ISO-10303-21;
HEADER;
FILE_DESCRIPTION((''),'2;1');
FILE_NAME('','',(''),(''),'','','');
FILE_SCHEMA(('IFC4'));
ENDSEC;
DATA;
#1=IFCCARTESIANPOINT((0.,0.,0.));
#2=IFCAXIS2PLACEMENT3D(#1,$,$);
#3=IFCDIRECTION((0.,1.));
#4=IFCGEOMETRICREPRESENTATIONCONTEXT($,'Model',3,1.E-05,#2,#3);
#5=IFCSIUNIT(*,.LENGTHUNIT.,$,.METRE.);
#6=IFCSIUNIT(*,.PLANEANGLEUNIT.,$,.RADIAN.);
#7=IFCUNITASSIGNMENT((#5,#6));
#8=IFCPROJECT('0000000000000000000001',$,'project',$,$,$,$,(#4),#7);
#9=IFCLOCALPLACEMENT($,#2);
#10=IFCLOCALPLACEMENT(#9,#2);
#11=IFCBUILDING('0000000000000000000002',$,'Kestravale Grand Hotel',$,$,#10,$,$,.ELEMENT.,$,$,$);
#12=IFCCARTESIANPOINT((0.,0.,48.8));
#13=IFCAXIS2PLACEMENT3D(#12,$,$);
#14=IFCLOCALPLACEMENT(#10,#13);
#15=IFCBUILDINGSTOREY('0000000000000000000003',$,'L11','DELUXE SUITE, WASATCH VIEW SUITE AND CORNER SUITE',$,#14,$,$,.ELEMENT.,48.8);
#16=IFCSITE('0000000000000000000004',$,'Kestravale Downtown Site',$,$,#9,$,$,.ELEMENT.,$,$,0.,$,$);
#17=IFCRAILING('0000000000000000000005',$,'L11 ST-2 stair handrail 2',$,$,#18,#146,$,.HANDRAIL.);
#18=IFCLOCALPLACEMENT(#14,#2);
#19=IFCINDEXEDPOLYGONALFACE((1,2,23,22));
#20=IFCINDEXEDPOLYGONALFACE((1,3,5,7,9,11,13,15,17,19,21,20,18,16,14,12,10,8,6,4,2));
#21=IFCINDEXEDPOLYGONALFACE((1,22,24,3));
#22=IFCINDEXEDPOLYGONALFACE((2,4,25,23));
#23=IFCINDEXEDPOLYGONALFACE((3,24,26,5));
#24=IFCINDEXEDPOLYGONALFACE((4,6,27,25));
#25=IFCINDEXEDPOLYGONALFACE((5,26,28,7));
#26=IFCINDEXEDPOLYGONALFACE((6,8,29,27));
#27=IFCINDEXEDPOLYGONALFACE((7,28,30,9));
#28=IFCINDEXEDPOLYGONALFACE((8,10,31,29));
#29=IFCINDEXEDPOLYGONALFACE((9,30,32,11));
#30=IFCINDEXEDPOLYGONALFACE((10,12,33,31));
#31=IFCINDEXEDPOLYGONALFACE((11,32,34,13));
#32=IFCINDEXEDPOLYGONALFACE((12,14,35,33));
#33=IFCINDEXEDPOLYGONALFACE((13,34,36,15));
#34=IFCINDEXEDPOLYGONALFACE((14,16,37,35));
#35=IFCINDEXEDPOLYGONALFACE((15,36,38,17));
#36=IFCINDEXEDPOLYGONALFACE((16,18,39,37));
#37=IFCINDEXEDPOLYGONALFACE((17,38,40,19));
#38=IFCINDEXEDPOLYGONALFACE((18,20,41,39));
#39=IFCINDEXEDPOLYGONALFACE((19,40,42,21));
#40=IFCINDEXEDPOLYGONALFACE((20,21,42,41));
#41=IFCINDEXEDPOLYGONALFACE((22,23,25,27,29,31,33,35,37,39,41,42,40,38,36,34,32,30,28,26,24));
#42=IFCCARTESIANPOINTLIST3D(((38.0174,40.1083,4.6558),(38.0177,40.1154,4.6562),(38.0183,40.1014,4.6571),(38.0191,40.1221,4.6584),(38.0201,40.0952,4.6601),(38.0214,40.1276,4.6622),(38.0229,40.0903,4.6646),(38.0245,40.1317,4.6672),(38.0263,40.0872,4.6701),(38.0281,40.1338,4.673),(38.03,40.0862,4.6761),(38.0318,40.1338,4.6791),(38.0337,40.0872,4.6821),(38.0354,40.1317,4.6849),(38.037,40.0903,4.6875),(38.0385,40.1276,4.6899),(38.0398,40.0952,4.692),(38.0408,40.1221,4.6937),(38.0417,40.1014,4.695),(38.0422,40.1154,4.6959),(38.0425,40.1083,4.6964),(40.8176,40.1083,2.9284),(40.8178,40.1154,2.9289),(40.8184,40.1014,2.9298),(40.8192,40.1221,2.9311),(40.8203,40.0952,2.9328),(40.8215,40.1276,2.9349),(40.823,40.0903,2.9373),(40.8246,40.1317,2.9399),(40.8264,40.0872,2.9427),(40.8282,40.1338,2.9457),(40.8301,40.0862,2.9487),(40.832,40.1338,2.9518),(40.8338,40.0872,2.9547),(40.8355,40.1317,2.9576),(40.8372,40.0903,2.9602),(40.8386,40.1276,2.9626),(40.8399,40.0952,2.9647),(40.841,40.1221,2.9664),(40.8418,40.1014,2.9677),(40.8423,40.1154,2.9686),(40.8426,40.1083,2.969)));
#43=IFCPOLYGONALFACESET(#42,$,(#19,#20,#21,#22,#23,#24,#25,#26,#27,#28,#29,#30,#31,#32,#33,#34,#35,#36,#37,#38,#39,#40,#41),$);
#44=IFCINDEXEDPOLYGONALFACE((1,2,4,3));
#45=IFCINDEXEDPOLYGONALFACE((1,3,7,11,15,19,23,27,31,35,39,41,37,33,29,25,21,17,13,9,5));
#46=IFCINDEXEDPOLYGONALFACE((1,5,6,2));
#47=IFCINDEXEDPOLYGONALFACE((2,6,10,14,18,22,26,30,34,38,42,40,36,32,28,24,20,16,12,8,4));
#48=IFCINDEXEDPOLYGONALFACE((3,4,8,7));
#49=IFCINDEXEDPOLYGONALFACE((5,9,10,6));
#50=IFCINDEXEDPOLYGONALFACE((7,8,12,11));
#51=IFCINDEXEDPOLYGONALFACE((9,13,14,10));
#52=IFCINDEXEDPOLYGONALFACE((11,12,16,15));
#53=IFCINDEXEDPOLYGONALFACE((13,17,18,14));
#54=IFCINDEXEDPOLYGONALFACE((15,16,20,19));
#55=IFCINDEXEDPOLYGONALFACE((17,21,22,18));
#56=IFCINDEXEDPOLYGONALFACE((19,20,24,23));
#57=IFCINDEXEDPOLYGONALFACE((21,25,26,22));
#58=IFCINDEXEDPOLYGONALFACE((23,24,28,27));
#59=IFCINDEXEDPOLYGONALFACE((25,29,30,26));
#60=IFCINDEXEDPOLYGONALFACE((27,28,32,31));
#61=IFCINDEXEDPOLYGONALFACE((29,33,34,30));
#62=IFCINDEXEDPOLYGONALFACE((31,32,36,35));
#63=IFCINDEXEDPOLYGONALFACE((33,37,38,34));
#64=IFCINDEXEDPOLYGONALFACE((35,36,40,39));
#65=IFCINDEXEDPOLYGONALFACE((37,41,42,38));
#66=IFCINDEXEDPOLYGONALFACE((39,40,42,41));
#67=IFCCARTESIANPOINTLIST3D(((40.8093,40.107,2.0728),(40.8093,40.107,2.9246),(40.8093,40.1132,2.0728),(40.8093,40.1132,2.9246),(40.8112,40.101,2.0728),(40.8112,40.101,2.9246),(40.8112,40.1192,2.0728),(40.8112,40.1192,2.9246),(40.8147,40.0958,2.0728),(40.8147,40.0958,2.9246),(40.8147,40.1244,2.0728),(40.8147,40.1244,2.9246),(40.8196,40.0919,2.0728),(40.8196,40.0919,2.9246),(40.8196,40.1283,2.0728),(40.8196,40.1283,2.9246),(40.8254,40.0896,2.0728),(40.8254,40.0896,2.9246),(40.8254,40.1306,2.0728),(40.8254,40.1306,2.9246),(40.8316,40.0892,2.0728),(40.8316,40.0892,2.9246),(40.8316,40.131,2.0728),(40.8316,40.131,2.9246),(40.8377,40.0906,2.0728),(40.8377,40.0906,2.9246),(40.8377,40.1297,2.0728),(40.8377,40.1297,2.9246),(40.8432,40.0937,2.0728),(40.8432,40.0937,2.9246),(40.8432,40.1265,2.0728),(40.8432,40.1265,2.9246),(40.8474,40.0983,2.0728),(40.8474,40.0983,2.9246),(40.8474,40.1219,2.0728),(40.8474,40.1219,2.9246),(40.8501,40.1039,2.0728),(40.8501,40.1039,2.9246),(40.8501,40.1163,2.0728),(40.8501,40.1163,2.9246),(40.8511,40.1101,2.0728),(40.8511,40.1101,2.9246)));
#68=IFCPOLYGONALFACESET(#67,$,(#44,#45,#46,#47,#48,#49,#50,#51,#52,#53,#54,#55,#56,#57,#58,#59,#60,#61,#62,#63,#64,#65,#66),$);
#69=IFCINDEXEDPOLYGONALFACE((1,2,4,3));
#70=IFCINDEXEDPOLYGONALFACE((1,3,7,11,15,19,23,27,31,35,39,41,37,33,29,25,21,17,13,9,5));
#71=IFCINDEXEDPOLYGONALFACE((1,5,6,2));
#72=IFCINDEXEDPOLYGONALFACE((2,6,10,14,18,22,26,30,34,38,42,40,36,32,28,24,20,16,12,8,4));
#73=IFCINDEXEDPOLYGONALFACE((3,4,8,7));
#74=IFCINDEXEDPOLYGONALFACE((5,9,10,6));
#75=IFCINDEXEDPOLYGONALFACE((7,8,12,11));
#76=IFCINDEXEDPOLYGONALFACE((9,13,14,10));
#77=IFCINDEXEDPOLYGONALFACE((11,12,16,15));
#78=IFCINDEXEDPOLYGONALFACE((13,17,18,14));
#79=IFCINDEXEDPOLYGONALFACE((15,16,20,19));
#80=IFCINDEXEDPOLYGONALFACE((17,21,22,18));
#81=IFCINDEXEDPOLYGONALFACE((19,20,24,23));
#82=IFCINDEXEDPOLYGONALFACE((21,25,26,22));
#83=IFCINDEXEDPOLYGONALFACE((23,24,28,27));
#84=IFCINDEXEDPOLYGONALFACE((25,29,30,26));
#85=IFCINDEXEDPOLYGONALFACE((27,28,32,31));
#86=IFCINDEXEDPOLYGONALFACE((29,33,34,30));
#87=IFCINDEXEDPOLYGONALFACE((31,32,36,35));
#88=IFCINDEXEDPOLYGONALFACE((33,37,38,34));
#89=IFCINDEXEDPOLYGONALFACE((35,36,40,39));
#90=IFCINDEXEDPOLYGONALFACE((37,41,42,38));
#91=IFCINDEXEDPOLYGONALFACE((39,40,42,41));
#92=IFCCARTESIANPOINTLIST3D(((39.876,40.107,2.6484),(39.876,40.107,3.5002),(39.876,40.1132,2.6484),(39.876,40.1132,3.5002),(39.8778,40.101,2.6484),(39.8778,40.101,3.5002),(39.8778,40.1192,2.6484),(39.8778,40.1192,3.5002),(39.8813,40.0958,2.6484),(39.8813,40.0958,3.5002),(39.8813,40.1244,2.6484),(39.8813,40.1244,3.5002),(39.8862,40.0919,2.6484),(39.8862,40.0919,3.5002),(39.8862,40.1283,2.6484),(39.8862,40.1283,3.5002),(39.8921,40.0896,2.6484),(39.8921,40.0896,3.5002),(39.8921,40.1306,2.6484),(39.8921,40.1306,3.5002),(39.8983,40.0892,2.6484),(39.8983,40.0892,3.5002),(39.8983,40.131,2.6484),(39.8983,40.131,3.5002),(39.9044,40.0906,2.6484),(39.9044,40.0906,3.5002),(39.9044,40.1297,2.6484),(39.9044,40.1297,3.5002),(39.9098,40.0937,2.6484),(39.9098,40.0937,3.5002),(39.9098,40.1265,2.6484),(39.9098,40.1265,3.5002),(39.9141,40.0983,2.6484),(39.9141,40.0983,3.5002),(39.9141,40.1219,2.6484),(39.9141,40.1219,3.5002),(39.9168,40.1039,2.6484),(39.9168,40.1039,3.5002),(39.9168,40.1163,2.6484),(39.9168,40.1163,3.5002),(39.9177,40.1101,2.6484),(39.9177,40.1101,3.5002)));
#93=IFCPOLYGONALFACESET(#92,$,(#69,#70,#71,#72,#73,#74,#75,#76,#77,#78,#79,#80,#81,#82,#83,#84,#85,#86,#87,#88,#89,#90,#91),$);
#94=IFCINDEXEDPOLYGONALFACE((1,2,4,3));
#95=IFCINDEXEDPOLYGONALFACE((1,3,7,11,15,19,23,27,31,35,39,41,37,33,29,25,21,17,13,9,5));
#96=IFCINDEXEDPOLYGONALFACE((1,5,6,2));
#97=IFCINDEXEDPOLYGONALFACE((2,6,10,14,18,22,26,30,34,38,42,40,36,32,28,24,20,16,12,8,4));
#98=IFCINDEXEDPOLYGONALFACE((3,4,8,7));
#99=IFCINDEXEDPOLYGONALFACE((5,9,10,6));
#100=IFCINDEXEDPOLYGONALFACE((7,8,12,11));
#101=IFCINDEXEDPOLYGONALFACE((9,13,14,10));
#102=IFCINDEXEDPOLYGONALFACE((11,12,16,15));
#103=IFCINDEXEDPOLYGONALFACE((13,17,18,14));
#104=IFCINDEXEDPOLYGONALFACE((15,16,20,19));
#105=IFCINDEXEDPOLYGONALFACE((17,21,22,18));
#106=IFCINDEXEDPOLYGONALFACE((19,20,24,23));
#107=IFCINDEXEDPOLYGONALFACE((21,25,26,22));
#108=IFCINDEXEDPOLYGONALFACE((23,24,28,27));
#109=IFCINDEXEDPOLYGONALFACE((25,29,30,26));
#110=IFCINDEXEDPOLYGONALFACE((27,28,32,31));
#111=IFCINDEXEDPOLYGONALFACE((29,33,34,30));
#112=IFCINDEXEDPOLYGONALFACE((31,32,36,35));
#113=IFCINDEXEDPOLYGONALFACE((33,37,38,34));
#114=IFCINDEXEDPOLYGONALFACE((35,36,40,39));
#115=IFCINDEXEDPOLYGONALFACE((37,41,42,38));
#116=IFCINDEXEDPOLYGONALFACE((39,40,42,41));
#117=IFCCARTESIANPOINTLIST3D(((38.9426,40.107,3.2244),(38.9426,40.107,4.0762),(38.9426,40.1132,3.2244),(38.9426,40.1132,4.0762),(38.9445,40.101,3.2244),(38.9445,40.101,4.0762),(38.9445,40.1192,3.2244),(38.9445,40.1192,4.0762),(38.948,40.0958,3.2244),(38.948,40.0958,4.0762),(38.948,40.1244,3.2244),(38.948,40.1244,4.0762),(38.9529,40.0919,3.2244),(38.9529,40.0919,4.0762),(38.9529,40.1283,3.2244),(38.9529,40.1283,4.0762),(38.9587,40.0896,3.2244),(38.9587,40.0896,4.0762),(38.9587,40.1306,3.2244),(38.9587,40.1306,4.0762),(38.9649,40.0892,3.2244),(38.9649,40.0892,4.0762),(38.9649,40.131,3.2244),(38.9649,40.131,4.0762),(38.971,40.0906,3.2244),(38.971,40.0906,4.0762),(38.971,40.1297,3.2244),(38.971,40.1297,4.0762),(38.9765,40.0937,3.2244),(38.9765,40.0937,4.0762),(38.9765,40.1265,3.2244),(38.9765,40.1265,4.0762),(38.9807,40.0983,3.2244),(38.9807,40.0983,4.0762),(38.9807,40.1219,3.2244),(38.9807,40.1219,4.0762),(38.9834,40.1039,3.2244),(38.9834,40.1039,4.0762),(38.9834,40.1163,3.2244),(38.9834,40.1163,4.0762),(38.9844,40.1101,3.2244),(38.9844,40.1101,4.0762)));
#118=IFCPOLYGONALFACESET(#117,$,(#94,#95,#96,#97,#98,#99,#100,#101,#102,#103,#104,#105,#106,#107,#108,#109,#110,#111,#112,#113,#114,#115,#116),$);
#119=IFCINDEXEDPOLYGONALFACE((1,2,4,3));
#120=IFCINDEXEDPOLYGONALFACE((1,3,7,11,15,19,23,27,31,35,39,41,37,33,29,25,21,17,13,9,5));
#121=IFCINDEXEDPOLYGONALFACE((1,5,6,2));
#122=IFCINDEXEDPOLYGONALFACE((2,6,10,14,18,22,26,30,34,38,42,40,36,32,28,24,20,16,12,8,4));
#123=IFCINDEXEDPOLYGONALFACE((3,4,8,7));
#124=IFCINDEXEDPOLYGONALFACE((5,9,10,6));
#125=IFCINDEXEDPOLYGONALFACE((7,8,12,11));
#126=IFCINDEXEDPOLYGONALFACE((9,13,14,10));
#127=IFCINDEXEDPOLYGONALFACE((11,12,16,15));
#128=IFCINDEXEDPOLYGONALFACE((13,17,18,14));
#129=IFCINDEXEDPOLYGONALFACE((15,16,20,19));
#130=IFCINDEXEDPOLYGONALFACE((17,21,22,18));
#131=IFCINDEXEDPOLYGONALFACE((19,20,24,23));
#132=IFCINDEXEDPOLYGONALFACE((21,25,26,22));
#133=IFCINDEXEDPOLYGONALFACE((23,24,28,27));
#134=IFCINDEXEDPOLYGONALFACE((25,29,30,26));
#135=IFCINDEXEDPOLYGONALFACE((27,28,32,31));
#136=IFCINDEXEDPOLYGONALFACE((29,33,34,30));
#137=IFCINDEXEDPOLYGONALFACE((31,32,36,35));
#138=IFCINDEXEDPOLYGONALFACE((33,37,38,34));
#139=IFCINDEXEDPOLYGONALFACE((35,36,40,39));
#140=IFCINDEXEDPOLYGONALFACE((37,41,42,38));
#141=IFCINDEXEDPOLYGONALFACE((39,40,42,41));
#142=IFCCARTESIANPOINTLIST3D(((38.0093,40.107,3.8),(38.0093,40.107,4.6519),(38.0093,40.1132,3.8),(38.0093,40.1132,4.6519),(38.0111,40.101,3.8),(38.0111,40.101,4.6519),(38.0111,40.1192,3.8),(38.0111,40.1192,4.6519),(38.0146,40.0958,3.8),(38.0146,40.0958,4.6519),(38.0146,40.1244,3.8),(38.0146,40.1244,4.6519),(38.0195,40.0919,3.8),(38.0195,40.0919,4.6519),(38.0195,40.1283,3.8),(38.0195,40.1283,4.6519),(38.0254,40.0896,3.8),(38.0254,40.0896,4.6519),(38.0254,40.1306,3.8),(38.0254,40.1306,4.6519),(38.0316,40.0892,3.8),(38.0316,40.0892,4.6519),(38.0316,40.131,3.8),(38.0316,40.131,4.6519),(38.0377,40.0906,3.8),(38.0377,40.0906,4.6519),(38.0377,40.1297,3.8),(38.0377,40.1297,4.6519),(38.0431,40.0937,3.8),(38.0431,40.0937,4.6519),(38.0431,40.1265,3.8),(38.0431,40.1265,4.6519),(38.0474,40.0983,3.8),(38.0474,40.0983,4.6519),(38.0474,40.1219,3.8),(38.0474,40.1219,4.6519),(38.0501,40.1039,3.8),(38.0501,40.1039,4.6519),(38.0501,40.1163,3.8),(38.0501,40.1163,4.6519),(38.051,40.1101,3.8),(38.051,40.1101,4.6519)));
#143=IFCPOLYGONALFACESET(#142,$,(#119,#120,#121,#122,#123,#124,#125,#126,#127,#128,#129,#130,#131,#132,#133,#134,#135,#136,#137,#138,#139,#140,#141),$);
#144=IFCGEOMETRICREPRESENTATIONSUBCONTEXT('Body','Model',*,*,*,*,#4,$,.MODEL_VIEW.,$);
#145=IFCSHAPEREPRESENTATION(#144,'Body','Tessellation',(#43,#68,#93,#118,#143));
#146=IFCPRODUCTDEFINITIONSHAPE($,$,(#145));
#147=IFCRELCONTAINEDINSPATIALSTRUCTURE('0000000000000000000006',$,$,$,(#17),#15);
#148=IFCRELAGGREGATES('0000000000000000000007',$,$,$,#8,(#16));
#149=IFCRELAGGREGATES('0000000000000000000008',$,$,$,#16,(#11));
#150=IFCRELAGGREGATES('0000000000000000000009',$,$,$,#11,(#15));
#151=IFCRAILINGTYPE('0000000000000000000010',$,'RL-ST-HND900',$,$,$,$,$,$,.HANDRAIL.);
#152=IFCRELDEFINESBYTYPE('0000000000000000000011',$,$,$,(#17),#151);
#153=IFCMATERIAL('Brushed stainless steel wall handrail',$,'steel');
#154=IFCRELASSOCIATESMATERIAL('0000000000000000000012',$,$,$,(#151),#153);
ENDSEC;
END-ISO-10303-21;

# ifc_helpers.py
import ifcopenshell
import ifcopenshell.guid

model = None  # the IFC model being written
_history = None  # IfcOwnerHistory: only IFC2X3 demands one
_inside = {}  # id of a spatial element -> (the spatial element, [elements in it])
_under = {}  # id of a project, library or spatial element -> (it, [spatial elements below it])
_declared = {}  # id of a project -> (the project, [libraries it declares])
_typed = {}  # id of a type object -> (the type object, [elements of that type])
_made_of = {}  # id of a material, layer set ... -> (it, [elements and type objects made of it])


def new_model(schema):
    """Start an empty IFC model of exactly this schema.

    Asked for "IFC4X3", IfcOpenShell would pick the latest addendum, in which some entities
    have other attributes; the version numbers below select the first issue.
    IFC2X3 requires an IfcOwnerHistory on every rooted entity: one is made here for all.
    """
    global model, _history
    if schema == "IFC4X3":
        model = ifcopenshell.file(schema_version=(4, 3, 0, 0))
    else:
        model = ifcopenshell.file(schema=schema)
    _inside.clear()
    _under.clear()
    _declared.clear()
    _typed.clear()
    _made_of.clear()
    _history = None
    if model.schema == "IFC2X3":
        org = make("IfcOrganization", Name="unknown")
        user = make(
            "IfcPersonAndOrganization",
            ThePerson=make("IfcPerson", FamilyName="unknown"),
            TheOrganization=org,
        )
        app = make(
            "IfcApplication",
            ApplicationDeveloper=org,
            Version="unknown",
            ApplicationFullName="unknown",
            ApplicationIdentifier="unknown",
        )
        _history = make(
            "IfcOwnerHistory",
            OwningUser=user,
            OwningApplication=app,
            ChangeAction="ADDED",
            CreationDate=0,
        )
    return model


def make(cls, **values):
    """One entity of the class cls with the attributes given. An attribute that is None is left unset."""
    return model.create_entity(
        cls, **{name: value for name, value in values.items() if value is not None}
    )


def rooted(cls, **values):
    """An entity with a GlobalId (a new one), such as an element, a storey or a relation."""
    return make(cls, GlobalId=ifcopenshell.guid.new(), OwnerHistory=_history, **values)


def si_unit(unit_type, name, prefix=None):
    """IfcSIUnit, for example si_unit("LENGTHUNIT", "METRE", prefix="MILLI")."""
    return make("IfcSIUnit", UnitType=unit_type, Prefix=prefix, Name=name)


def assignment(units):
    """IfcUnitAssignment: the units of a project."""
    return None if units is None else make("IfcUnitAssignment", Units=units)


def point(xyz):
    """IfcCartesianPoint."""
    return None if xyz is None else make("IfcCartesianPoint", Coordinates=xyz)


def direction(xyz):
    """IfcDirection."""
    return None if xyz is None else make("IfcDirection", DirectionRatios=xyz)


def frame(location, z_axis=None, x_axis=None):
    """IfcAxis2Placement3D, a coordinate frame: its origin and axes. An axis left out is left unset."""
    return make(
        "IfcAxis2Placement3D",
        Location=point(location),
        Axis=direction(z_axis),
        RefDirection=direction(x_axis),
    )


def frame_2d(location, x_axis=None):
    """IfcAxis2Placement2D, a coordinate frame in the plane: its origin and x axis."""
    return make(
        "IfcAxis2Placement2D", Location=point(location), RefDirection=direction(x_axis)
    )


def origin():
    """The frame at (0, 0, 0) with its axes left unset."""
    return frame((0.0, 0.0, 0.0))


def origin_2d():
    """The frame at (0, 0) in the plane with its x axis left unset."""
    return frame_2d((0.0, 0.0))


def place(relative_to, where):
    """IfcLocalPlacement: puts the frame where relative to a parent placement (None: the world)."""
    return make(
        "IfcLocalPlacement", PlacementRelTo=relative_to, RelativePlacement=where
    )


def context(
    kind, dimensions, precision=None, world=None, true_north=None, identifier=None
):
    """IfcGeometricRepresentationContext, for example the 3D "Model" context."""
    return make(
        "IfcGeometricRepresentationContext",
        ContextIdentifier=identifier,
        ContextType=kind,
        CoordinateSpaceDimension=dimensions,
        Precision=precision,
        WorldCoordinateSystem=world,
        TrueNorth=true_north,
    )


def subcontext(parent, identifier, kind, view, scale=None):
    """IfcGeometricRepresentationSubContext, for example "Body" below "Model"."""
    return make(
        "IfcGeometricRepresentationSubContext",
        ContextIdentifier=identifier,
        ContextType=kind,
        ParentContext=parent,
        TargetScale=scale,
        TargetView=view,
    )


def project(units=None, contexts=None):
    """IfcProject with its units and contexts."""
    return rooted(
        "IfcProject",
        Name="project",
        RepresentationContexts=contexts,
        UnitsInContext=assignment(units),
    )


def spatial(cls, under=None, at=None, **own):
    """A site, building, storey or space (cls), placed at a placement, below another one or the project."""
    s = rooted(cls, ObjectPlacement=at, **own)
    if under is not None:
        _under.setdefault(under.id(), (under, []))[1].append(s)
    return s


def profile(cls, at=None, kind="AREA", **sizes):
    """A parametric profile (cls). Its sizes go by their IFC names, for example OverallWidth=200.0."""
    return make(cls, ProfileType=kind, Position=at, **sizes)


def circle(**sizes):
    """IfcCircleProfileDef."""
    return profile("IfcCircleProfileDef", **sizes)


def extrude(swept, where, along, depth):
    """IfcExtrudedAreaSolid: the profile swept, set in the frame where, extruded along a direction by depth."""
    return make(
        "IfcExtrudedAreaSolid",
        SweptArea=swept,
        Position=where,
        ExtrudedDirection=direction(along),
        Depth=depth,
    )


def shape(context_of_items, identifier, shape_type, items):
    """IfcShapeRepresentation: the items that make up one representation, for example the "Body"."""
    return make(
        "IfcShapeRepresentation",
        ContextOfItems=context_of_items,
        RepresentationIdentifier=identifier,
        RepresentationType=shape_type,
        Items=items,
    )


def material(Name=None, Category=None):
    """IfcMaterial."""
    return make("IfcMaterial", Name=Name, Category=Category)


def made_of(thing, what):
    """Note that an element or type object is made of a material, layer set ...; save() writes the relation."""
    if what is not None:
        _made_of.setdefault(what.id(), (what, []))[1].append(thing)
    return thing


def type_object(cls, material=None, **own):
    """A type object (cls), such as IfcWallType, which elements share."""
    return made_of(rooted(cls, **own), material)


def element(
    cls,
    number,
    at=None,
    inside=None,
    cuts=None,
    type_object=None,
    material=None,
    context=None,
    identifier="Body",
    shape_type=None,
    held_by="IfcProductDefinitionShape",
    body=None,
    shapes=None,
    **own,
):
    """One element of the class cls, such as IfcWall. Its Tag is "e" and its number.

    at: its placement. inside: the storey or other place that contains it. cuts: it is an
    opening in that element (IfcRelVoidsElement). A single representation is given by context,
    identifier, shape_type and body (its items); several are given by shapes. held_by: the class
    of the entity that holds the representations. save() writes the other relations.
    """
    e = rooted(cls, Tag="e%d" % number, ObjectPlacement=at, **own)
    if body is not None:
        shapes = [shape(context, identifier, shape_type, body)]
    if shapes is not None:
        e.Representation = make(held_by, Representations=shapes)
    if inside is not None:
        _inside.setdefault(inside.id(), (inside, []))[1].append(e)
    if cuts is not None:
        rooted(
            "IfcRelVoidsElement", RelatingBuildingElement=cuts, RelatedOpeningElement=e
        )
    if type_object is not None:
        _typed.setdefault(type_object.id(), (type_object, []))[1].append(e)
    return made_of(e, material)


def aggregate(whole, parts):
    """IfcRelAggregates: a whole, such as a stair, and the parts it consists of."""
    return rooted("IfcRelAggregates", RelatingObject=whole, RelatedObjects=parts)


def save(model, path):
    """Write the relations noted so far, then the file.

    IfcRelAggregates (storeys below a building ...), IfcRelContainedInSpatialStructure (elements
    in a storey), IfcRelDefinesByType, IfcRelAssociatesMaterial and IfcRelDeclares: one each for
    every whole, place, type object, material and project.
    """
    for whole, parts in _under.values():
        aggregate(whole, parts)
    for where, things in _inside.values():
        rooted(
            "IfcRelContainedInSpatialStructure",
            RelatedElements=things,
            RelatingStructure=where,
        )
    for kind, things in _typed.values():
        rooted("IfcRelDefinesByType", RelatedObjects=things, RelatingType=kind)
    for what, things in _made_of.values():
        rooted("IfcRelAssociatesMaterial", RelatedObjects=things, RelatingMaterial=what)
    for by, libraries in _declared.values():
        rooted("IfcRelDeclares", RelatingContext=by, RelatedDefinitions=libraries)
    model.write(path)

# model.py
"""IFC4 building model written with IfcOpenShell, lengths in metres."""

from ifc_helpers import new_model, si_unit, direction, frame, origin, origin_2d, place, context, subcontext, project, spatial, circle, extrude, material, type_object, element, save


model = new_model("IFC4")

# Units and contexts
model_context = context("Model", 3, precision=1e-05, world=origin(), true_north=direction((0.0, 1.0)))
body_context = subcontext(model_context, "Body", "Model", "MODEL_VIEW")
ifc_project = project(units=[si_unit("LENGTHUNIT", "METRE"), si_unit("PLANEANGLEUNIT", "RADIAN")], contexts=[model_context])

# Site, building, storey
site_placement = place(None, origin())
site = spatial("IfcSite", under=ifc_project, at=site_placement, Name="Kestravale Downtown Site", CompositionType="ELEMENT", RefElevation=0.0)
building_placement = place(site_placement, origin())
building = spatial("IfcBuilding", under=site, at=building_placement, Name="Kestravale Grand Hotel", CompositionType="ELEMENT")
storey_placement = place(building_placement, frame((0.0, 0.0, 48.8)))
storey = spatial("IfcBuildingStorey", under=building, at=storey_placement, Name="L11", Description="DELUXE SUITE, WASATCH VIEW SUITE AND CORNER SUITE", CompositionType="ELEMENT", Elevation=48.8)

# Railing
ifc_material_1 = material(Name="Brushed stainless steel wall handrail", Category="steel")
railing_type_1 = type_object("IfcRailingType", Name="RL-ST-HND900", PredefinedType="HANDRAIL", material=ifc_material_1)
railing_1_placement = place(storey_placement, frame((40.8301, 40.1101, 2.0728)))
element("IfcRailing", 1, at=railing_1_placement, inside=storey, type_object=railing_type_1, Name="L11 ST-2 stair handrail 2", PredefinedType="HANDRAIL", context=body_context, shape_type="SweptSolid", body=[
    extrude(circle(Radius=0.0239, at=origin_2d()), frame((0.0, 0.0, 0.876), z_axis=(-0.85109, 0.0, 0.52502), x_axis=(0.0, -1.0, 0.0)), (0.0, 0.0, 1.0), 3.29),
    extrude(circle(Radius=0.021, at=origin_2d()), origin(), (0.0, 0.0, 1.0), 0.8518),
    extrude(circle(Radius=0.021, at=origin_2d()), frame((-0.9333, 0.0, 0.5757)), (0.0, 0.0, 1.0), 0.8518),
    extrude(circle(Radius=0.021, at=origin_2d()), frame((-1.8667, 0.0, 1.1516)), (0.0, 0.0, 1.0), 0.8518),
    extrude(circle(Radius=0.021, at=origin_2d()), frame((-2.8, 0.0, 1.7273)), (0.0, 0.0, 1.0), 0.8518),
])

save(model, "model.ifc")
